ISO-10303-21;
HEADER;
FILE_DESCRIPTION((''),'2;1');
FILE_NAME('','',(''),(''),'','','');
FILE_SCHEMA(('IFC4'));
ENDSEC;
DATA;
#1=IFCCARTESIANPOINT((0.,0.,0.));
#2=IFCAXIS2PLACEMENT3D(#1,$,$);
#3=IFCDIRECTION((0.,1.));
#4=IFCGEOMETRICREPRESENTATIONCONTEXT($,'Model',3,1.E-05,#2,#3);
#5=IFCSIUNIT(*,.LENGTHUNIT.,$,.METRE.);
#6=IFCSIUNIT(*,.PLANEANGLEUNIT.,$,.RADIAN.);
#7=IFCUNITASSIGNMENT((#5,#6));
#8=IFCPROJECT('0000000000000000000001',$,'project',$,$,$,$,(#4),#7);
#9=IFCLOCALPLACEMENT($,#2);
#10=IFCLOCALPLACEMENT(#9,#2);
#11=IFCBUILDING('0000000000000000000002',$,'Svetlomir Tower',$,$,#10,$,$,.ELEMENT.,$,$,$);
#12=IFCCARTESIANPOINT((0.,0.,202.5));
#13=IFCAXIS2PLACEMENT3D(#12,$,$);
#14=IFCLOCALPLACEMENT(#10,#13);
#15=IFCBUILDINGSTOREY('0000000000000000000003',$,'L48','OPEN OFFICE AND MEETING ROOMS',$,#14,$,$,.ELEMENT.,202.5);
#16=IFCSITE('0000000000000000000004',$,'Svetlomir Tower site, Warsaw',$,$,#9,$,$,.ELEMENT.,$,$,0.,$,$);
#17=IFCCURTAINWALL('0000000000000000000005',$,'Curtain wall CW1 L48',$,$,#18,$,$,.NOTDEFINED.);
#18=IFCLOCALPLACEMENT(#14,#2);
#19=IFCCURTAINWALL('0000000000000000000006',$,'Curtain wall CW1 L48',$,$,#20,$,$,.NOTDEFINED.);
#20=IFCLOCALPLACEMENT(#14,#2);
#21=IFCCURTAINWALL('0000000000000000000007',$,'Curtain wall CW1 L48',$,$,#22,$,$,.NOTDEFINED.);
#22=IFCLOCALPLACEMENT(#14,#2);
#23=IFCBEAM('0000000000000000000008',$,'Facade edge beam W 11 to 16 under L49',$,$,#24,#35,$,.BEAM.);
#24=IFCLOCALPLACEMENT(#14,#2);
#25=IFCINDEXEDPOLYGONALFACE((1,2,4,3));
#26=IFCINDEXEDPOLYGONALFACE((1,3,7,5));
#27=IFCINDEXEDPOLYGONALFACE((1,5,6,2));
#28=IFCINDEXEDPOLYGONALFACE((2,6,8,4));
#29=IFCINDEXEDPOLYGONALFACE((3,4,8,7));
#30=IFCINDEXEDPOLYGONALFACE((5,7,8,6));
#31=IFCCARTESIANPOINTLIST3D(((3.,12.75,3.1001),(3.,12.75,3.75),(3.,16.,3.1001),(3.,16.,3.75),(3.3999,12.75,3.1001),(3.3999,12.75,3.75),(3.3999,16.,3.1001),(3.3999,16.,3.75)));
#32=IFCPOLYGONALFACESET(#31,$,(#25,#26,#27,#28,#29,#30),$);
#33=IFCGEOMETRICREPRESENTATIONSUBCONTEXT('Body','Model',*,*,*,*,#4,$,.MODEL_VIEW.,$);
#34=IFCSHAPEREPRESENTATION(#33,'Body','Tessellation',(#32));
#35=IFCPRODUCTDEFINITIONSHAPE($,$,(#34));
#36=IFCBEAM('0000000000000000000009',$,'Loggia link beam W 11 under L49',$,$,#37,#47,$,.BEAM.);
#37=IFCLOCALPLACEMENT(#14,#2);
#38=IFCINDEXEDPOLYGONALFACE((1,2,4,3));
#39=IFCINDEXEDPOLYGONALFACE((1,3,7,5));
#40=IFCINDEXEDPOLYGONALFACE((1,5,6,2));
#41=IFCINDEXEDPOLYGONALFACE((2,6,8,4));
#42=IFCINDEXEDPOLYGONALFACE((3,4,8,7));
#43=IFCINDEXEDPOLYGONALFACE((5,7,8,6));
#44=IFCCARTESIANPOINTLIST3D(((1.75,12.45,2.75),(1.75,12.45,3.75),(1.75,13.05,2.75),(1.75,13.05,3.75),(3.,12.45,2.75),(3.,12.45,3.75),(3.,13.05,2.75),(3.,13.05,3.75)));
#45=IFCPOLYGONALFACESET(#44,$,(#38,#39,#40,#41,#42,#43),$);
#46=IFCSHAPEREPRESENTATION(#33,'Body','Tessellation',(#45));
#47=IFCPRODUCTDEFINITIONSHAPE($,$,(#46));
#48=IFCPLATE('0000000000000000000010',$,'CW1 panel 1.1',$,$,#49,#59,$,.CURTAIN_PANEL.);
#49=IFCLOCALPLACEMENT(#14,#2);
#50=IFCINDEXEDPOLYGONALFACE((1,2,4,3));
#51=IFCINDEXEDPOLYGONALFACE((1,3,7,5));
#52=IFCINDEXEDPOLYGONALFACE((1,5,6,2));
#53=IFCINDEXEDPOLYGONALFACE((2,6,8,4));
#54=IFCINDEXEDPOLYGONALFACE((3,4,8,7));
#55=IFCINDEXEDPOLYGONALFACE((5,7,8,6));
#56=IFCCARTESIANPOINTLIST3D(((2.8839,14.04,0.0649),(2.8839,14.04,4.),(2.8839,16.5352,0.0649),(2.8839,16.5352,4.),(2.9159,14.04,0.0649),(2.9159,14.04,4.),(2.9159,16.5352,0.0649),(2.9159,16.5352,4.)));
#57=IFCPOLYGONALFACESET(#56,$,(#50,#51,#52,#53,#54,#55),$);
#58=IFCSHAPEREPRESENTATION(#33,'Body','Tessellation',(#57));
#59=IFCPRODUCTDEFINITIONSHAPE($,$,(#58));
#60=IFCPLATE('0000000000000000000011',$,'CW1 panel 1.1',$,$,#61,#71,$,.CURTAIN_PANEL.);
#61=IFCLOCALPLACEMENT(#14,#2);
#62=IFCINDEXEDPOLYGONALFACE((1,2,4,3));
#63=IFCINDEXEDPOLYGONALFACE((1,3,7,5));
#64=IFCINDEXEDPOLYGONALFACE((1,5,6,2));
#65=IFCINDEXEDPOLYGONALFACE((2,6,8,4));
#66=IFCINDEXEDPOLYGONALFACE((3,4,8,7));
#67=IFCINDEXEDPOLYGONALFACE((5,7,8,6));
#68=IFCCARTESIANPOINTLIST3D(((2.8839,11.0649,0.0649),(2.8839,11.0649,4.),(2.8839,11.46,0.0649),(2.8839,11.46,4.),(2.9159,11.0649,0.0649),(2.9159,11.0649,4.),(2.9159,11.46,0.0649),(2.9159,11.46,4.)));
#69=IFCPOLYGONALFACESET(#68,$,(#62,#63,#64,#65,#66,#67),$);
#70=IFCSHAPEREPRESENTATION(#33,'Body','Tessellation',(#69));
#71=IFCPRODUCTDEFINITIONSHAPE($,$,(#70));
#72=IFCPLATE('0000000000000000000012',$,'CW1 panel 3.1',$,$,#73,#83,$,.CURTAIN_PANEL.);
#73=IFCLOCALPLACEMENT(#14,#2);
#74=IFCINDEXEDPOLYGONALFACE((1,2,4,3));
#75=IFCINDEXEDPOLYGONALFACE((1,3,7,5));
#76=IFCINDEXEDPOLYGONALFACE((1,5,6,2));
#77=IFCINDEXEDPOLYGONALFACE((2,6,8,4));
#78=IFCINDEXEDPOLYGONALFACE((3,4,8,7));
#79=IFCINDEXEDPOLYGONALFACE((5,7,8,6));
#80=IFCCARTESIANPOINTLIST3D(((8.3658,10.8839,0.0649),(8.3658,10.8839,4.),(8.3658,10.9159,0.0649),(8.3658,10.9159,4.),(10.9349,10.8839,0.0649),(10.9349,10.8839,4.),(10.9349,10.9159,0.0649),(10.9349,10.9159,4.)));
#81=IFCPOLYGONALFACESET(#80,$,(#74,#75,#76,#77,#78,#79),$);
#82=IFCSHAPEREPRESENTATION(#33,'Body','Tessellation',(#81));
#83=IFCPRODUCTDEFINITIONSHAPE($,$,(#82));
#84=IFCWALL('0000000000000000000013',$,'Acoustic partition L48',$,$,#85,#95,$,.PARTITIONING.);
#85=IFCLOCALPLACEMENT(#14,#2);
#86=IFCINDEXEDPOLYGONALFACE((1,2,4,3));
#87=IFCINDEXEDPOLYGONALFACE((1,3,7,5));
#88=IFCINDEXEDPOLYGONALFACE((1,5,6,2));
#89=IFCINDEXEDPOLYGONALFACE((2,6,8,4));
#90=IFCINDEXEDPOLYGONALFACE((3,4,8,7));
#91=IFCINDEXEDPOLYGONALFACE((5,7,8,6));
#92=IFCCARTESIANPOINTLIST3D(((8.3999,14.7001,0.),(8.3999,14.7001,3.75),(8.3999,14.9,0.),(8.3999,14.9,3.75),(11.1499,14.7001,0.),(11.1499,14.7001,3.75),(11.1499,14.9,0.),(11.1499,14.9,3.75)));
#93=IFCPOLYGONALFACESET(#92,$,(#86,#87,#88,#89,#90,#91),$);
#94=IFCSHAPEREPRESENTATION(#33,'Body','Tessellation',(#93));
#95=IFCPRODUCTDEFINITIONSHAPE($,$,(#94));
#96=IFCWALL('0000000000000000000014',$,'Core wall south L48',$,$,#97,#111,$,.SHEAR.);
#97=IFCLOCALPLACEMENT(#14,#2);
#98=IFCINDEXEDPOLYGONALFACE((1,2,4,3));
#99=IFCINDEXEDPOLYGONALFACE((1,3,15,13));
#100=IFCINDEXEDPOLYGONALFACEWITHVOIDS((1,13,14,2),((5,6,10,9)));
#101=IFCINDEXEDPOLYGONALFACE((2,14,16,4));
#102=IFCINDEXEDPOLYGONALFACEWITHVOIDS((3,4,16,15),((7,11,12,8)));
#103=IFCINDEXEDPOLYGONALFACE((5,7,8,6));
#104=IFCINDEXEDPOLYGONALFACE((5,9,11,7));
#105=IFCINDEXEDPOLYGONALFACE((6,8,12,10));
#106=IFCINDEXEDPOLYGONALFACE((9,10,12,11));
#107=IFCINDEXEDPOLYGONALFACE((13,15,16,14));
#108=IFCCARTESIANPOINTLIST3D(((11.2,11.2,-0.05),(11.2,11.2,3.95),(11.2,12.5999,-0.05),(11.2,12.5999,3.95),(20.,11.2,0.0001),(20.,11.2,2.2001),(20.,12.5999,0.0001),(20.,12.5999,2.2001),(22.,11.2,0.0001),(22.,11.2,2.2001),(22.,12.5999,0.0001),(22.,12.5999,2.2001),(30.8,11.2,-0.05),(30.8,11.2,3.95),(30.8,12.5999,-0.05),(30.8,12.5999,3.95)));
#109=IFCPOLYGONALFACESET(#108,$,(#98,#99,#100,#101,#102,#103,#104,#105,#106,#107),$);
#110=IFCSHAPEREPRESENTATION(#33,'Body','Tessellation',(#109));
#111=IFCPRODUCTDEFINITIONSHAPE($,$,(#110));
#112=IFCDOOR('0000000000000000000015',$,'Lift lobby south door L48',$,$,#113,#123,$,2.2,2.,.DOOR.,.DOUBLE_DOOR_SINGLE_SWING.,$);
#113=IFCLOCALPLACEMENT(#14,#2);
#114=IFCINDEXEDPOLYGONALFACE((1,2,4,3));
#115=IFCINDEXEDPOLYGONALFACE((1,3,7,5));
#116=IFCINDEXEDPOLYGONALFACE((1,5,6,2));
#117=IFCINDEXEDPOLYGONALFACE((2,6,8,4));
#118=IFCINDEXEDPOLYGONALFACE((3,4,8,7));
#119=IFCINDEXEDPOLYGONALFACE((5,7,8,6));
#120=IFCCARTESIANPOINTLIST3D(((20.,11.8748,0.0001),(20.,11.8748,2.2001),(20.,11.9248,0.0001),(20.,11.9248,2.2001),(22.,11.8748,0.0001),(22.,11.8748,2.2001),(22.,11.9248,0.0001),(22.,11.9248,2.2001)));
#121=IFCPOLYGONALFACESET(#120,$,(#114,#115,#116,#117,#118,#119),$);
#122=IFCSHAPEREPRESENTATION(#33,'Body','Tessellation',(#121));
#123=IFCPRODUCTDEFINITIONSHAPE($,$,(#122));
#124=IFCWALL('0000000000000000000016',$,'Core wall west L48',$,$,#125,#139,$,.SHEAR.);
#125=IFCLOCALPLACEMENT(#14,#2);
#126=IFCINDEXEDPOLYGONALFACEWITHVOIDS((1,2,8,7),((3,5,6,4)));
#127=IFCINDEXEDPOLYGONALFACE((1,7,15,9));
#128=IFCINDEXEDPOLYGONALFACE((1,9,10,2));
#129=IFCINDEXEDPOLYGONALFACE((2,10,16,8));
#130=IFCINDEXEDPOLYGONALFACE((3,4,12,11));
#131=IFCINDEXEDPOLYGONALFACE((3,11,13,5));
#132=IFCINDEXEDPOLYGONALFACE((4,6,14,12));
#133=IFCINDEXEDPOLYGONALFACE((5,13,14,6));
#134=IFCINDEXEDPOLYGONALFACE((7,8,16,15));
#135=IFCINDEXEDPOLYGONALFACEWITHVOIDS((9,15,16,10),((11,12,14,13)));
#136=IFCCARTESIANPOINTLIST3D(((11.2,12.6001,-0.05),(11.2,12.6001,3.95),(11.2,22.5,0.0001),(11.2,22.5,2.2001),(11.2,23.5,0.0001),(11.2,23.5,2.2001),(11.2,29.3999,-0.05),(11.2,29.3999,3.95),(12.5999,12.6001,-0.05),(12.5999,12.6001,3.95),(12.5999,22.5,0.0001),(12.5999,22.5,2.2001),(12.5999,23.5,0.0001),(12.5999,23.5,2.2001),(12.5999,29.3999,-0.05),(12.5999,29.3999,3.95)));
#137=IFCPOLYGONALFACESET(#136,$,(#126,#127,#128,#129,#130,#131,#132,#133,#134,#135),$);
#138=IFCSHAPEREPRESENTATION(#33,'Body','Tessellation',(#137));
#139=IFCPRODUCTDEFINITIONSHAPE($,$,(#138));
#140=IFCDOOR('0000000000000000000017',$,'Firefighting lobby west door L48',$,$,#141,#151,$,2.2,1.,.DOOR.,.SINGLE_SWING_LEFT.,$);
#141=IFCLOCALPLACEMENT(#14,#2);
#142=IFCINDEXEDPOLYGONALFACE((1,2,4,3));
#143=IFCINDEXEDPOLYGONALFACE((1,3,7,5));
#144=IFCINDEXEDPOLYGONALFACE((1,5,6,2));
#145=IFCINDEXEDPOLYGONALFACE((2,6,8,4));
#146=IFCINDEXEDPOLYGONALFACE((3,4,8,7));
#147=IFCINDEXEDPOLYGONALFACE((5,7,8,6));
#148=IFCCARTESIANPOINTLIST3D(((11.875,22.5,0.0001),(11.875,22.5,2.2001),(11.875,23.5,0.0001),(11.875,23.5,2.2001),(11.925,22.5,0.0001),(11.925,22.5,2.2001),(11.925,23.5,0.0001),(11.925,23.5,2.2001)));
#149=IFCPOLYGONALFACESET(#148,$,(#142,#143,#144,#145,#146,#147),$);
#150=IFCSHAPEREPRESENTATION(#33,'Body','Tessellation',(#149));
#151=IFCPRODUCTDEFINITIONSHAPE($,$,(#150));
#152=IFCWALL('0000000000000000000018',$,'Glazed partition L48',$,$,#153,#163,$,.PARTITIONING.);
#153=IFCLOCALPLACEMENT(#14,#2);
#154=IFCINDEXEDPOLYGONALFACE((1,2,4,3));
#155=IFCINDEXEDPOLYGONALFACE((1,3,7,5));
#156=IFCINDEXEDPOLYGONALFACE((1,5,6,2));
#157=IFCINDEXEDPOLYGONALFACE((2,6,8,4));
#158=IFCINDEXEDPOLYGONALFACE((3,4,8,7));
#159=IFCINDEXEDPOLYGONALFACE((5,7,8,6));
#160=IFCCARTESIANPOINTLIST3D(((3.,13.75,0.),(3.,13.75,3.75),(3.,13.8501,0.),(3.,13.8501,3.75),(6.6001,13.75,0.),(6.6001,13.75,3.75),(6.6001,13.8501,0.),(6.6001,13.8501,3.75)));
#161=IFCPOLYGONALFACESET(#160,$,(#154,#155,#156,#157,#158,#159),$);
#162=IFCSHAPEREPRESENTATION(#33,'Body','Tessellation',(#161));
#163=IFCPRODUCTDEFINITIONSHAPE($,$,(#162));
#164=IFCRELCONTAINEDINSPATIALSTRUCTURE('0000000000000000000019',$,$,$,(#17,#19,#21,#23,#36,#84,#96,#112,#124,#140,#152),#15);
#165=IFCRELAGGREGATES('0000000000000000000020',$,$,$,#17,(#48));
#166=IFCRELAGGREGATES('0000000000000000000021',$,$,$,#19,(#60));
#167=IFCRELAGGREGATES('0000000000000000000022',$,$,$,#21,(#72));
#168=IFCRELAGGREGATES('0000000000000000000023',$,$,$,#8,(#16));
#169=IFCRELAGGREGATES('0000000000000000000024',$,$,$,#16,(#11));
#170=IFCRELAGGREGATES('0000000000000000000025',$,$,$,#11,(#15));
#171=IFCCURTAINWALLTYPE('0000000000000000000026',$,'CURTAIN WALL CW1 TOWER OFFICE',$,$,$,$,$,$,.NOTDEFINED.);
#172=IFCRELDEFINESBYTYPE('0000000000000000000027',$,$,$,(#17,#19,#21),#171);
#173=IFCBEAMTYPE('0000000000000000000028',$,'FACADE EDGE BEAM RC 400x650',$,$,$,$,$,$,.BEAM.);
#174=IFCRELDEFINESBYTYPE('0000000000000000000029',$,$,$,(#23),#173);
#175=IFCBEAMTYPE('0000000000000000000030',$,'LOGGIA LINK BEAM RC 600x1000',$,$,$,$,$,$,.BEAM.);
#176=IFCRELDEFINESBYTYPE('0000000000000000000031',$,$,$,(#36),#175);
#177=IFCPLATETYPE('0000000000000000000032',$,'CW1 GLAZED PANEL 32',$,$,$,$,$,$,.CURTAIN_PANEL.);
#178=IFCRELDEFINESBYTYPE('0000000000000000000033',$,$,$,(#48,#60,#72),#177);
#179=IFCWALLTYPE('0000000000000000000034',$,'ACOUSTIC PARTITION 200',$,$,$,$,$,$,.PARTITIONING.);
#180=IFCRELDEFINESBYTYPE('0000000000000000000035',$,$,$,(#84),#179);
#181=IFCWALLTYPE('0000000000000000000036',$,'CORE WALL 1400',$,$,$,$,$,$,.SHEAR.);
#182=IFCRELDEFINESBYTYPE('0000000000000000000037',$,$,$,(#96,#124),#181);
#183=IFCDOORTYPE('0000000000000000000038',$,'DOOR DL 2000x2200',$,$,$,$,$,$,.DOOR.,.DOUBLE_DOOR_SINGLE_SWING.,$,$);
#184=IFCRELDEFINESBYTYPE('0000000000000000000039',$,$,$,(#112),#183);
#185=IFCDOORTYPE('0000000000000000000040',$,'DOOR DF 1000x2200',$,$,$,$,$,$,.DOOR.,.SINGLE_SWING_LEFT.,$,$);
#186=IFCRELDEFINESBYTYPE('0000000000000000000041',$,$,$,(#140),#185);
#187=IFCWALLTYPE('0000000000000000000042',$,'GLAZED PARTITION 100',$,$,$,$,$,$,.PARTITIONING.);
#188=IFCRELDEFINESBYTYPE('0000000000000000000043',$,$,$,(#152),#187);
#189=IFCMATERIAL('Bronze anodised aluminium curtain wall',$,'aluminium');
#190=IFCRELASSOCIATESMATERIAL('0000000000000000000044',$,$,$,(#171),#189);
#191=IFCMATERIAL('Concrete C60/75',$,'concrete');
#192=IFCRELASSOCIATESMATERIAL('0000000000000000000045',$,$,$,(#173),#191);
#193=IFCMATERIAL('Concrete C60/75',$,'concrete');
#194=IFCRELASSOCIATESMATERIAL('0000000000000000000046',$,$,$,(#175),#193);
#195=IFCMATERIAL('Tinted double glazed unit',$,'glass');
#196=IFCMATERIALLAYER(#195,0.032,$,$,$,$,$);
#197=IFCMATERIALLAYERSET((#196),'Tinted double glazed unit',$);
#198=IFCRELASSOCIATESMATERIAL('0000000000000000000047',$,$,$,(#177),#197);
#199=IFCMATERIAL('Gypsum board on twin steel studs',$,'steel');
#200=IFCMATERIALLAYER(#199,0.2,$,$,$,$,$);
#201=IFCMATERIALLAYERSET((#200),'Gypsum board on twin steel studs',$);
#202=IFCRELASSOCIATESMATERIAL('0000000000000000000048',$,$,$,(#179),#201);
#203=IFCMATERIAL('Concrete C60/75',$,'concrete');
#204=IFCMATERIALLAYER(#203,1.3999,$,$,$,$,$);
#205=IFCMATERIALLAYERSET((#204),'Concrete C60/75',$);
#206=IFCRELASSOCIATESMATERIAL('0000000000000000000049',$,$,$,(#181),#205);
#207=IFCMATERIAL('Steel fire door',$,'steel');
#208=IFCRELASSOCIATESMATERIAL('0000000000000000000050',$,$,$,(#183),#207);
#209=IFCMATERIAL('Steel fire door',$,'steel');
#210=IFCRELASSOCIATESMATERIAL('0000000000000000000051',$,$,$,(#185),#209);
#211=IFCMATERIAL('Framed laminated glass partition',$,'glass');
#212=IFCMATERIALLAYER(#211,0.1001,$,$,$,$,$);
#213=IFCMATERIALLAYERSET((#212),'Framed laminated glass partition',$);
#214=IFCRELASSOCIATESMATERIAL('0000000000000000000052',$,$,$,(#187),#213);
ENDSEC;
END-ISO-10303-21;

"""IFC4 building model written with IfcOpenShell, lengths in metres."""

from ifc_helpers import new_model, si_unit, direction, frame, frame_2d, origin, origin_2d, place, context, subcontext, project, spatial, rectangle, extrude, material, layer, layer_set, material_profile, profile_set, type_object, element, fill, aggregate, save


model = new_model("IFC4")

# Units and contexts
model_context = context("Model", 3, precision=1e-05, world=origin(), true_north=direction((0.0, 1.0)))
body_context = subcontext(model_context, "Body", "Model", "MODEL_VIEW")
ifc_project = project(units=[si_unit("LENGTHUNIT", "METRE"), si_unit("PLANEANGLEUNIT", "RADIAN")], contexts=[model_context])

# Site, building, storey
site_placement = place(None, origin())
site = spatial("IfcSite", under=ifc_project, at=site_placement, Name="Svetlomir Tower site, Warsaw", CompositionType="ELEMENT", RefElevation=0.0)
building_placement = place(site_placement, origin())
building = spatial("IfcBuilding", under=site, at=building_placement, Name="Svetlomir Tower", CompositionType="ELEMENT")
storey_placement = place(building_placement, frame((0.0, 0.0, 202.5)))
storey = spatial("IfcBuildingStorey", under=building, at=storey_placement, Name="L48", Description="OPEN OFFICE AND MEETING ROOMS", CompositionType="ELEMENT", Elevation=202.5)

# Curtain wall
ifc_material_1 = material(Name="Bronze anodised aluminium curtain wall", Category="aluminium")
curtain_wall_type = type_object("IfcCurtainWallType", Name="CURTAIN WALL CW1 TOWER OFFICE", PredefinedType="NOTDEFINED", material=ifc_material_1)
curtain_wall_1_placement = place(storey_placement, origin())
curtain_wall_1 = element("IfcCurtainWall", 1, at=curtain_wall_1_placement, inside=storey, type_object=curtain_wall_type, Name="Curtain wall CW1 L48", PredefinedType="NOTDEFINED")

# Curtain walls
curtain_wall_2_placement = place(storey_placement, origin())
curtain_wall_2 = element("IfcCurtainWall", 2, at=curtain_wall_2_placement, inside=storey, type_object=curtain_wall_type, Name="Curtain wall CW1 L48", PredefinedType="NOTDEFINED")
curtain_wall_3_placement = place(storey_placement, origin())
curtain_wall_3 = element("IfcCurtainWall", 3, at=curtain_wall_3_placement, inside=storey, type_object=curtain_wall_type, Name="Curtain wall CW1 L48", PredefinedType="NOTDEFINED")

# Beams
ifc_material_2 = material(Name="Concrete C60/75", Category="concrete")
ifc_material_profile_1 = material_profile(ifc_material_2, rectangle(XDim=0.3999, YDim=0.6499, at=origin_2d()), Name="RC 400x650")
ifc_profile_set_1 = profile_set([ifc_material_profile_1], Name="Concrete C60/75")
beam_type_1 = type_object("IfcBeamType", Name="FACADE EDGE BEAM RC 400x650", PredefinedType="BEAM", material=ifc_profile_set_1)
beam_1_placement = place(storey_placement, frame((3.2, 12.75, 3.425), z_axis=(0.0, 1.0, 0.0), x_axis=(-1.0, 0.0, 0.0)))
element("IfcBeam", 4, at=beam_1_placement, inside=storey, type_object=beam_type_1, Name="Facade edge beam W 11 to 16 under L49", PredefinedType="BEAM", context=body_context, shape_type="SweptSolid", body=[
    extrude(rectangle(XDim=0.3999, YDim=0.6499, at=origin_2d()), origin(), (0.0, 0.0, 1.0), 3.25),
])
ifc_material_3 = material(Name="Concrete C60/75", Category="concrete")
ifc_material_profile_2 = material_profile(ifc_material_3, rectangle(XDim=0.6001, YDim=1.0, at=origin_2d()), Name="RC 600x1000")
ifc_profile_set_2 = profile_set([ifc_material_profile_2], Name="Concrete C60/75")
beam_type_2 = type_object("IfcBeamType", Name="LOGGIA LINK BEAM RC 600x1000", PredefinedType="BEAM", material=ifc_profile_set_2)
beam_2_placement = place(storey_placement, frame((1.75, 12.75, 3.25), z_axis=(1.0, 0.0, 0.0), x_axis=(0.0, 1.0, 0.0)))
element("IfcBeam", 5, at=beam_2_placement, inside=storey, type_object=beam_type_2, Name="Loggia link beam W 11 under L49", PredefinedType="BEAM", context=body_context, shape_type="SweptSolid", body=[
    extrude(rectangle(XDim=0.6001, YDim=1.0, at=origin_2d()), origin(), (0.0, 0.0, 1.0), 1.25),
])

# Plates
ifc_material_4 = material(Name="Tinted double glazed unit", Category="glass")
ifc_layer_1 = layer(ifc_material_4, 0.032)
ifc_layer_set_1 = layer_set([ifc_layer_1], Name="Tinted double glazed unit")
plate_type = type_object("IfcPlateType", Name="CW1 GLAZED PANEL 32", PredefinedType="CURTAIN_PANEL", material=ifc_layer_set_1)
plate_1_placement = place(storey_placement, frame((2.8999, 15.2876, 0.0649), z_axis=(0.0, 0.0, 1.0), x_axis=(0.0, -1.0, 0.0)))
plate_1 = element("IfcPlate", 6, at=plate_1_placement, type_object=plate_type, Name="CW1 panel 1.1", PredefinedType="CURTAIN_PANEL", context=body_context, shape_type="SweptSolid", body=[
    extrude(rectangle(XDim=2.4951, YDim=0.032, at=origin_2d()), origin(), (0.0, 0.0, 1.0), 3.9351),
])
aggregate(curtain_wall_1, [plate_1])
plate_2_placement = place(storey_placement, frame((2.8999, 11.2625, 0.0649), z_axis=(0.0, 0.0, 1.0), x_axis=(0.0, -1.0, 0.0)))
plate_2 = element("IfcPlate", 7, at=plate_2_placement, type_object=plate_type, Name="CW1 panel 1.1", PredefinedType="CURTAIN_PANEL", context=body_context, shape_type="SweptSolid", body=[
    extrude(rectangle(XDim=0.395, YDim=0.032, at=origin_2d()), origin(), (0.0, 0.0, 1.0), 3.9351),
])
aggregate(curtain_wall_2, [plate_2])
plate_3_placement = place(storey_placement, frame((9.6504, 10.8999, 0.0649), z_axis=(0.0, 0.0, 1.0), x_axis=(1.0, 0.0, 0.0)))
plate_3 = element("IfcPlate", 8, at=plate_3_placement, type_object=plate_type, Name="CW1 panel 3.1", PredefinedType="CURTAIN_PANEL", context=body_context, shape_type="SweptSolid", body=[
    extrude(rectangle(XDim=2.5691, YDim=0.032, at=origin_2d()), origin(), (0.0, 0.0, 1.0), 3.9351),
])
aggregate(curtain_wall_3, [plate_3])

# Wall
ifc_material_5 = material(Name="Gypsum board on twin steel studs", Category="steel")
ifc_layer_2 = layer(ifc_material_5, 0.2)
ifc_layer_set_2 = layer_set([ifc_layer_2], Name="Gypsum board on twin steel studs")
wall_type_1 = type_object("IfcWallType", Name="ACOUSTIC PARTITION 200", PredefinedType="PARTITIONING", material=ifc_layer_set_2)
wall_1_placement = place(storey_placement, frame((8.3999, 14.8, 0.0), z_axis=(0.0, 0.0, 1.0), x_axis=(1.0, 0.0, 0.0)))
element("IfcWall", 9, at=wall_1_placement, inside=storey, type_object=wall_type_1, Name="Acoustic partition L48", PredefinedType="PARTITIONING", context=body_context, shape_type="SweptSolid", body=[
    extrude(rectangle(XDim=2.75, YDim=0.2, at=frame_2d((1.375, 0.0))), origin(), (0.0, 0.0, 1.0), 3.75),
])

# Walls, openings, doors
ifc_material_6 = material(Name="Concrete C60/75", Category="concrete")
ifc_layer_3 = layer(ifc_material_6, 1.3999)
ifc_layer_set_3 = layer_set([ifc_layer_3], Name="Concrete C60/75")
wall_type_2 = type_object("IfcWallType", Name="CORE WALL 1400", PredefinedType="SHEAR", material=ifc_layer_set_3)
wall_2_placement = place(storey_placement, frame((11.2, 11.8999, -0.05), z_axis=(0.0, 0.0, 1.0), x_axis=(1.0, 0.0, 0.0)))
wall_2 = element("IfcWall", 10, at=wall_2_placement, inside=storey, type_object=wall_type_2, Name="Core wall south L48", PredefinedType="SHEAR", context=body_context, shape_type="SweptSolid", body=[
    extrude(rectangle(XDim=19.6001, YDim=1.3999, at=frame_2d((9.8, 0.0))), origin(), (0.0, 0.0, 1.0), 4.0),
])
opening_1_placement = place(wall_2_placement, frame((8.8, 0.0, 0.05)))
opening_1 = element("IfcOpeningElement", 11, at=opening_1_placement, cuts=wall_2, PredefinedType="OPENING", context=body_context, shape_type="SweptSolid", body=[
    extrude(rectangle(XDim=2.0, YDim=2.2, at=frame_2d((1.0, 1.1001))), frame((0.0, 0.71, 0.0), z_axis=(0.0, -1.0, 0.0), x_axis=(1.0, 0.0, 0.0)), (0.0, 0.0, 1.0), 1.4199),
])
ifc_material_7 = material(Name="Steel fire door", Category="steel")
door_type_1 = type_object("IfcDoorType", Name="DOOR DL 2000x2200", OperationType="DOUBLE_DOOR_SINGLE_SWING", PredefinedType="DOOR", material=ifc_material_7)
door_1_placement = place(opening_1_placement, origin())
door_1 = element("IfcDoor", 12, at=door_1_placement, inside=storey, type_object=door_type_1, Name="Lift lobby south door L48", OperationType="DOUBLE_DOOR_SINGLE_SWING", OverallHeight=2.2, OverallWidth=2.0, PredefinedType="DOOR", context=body_context, shape_type="SweptSolid", body=[
    extrude(rectangle(XDim=2.0, YDim=2.2, at=frame_2d((1.0, 1.1001))), frame((0.0, 0.0249, 0.0), z_axis=(0.0, -1.0, 0.0), x_axis=(1.0, 0.0, 0.0)), (0.0, 0.0, 1.0), 0.05),
])
fill(opening_1, door_1)
wall_3_placement = place(storey_placement, frame((11.8999, 12.6001, -0.05), z_axis=(0.0, 0.0, 1.0), x_axis=(0.0, 1.0, 0.0)))
wall_3 = element("IfcWall", 13, at=wall_3_placement, inside=storey, type_object=wall_type_2, Name="Core wall west L48", PredefinedType="SHEAR", context=body_context, shape_type="SweptSolid", body=[
    extrude(rectangle(XDim=16.7998, YDim=1.3999, at=frame_2d((8.3999, 0.0))), origin(), (0.0, 0.0, 1.0), 4.0),
])
opening_2_placement = place(wall_3_placement, frame((9.8999, 0.0, 0.05)))
opening_2 = element("IfcOpeningElement", 14, at=opening_2_placement, cuts=wall_3, PredefinedType="OPENING", context=body_context, shape_type="SweptSolid", body=[
    extrude(rectangle(XDim=1.0, YDim=2.2, at=frame_2d((0.5, 1.1001))), frame((0.0, 0.71, 0.0), z_axis=(0.0, -1.0, 0.0), x_axis=(1.0, 0.0, 0.0)), (0.0, 0.0, 1.0), 1.4199),
])
ifc_material_8 = material(Name="Steel fire door", Category="steel")
door_type_2 = type_object("IfcDoorType", Name="DOOR DF 1000x2200", OperationType="SINGLE_SWING_LEFT", PredefinedType="DOOR", material=ifc_material_8)
door_2_placement = place(opening_2_placement, origin())
door_2 = element("IfcDoor", 15, at=door_2_placement, inside=storey, type_object=door_type_2, Name="Firefighting lobby west door L48", OperationType="SINGLE_SWING_LEFT", OverallHeight=2.2, OverallWidth=1.0, PredefinedType="DOOR", context=body_context, shape_type="SweptSolid", body=[
    extrude(rectangle(XDim=1.0, YDim=2.2, at=frame_2d((0.5, 1.1001))), frame((0.0, 0.0249, 0.0), z_axis=(0.0, -1.0, 0.0), x_axis=(1.0, 0.0, 0.0)), (0.0, 0.0, 1.0), 0.05),
])
fill(opening_2, door_2)

# Wall
ifc_material_9 = material(Name="Framed laminated glass partition", Category="glass")
ifc_layer_4 = layer(ifc_material_9, 0.1001)
ifc_layer_set_4 = layer_set([ifc_layer_4], Name="Framed laminated glass partition")
wall_type_3 = type_object("IfcWallType", Name="GLAZED PARTITION 100", PredefinedType="PARTITIONING", material=ifc_layer_set_4)
wall_4_placement = place(storey_placement, frame((3.0, 13.8, 0.0), z_axis=(0.0, 0.0, 1.0), x_axis=(1.0, 0.0, 0.0)))
element("IfcWall", 16, at=wall_4_placement, inside=storey, type_object=wall_type_3, Name="Glazed partition L48", PredefinedType="PARTITIONING", context=body_context, shape_type="SweptSolid", body=[
    extrude(rectangle(XDim=3.6001, YDim=0.1001, at=frame_2d((1.8, 0.0))), origin(), (0.0, 0.0, 1.0), 3.75),
])

save(model, "model.ifc")
